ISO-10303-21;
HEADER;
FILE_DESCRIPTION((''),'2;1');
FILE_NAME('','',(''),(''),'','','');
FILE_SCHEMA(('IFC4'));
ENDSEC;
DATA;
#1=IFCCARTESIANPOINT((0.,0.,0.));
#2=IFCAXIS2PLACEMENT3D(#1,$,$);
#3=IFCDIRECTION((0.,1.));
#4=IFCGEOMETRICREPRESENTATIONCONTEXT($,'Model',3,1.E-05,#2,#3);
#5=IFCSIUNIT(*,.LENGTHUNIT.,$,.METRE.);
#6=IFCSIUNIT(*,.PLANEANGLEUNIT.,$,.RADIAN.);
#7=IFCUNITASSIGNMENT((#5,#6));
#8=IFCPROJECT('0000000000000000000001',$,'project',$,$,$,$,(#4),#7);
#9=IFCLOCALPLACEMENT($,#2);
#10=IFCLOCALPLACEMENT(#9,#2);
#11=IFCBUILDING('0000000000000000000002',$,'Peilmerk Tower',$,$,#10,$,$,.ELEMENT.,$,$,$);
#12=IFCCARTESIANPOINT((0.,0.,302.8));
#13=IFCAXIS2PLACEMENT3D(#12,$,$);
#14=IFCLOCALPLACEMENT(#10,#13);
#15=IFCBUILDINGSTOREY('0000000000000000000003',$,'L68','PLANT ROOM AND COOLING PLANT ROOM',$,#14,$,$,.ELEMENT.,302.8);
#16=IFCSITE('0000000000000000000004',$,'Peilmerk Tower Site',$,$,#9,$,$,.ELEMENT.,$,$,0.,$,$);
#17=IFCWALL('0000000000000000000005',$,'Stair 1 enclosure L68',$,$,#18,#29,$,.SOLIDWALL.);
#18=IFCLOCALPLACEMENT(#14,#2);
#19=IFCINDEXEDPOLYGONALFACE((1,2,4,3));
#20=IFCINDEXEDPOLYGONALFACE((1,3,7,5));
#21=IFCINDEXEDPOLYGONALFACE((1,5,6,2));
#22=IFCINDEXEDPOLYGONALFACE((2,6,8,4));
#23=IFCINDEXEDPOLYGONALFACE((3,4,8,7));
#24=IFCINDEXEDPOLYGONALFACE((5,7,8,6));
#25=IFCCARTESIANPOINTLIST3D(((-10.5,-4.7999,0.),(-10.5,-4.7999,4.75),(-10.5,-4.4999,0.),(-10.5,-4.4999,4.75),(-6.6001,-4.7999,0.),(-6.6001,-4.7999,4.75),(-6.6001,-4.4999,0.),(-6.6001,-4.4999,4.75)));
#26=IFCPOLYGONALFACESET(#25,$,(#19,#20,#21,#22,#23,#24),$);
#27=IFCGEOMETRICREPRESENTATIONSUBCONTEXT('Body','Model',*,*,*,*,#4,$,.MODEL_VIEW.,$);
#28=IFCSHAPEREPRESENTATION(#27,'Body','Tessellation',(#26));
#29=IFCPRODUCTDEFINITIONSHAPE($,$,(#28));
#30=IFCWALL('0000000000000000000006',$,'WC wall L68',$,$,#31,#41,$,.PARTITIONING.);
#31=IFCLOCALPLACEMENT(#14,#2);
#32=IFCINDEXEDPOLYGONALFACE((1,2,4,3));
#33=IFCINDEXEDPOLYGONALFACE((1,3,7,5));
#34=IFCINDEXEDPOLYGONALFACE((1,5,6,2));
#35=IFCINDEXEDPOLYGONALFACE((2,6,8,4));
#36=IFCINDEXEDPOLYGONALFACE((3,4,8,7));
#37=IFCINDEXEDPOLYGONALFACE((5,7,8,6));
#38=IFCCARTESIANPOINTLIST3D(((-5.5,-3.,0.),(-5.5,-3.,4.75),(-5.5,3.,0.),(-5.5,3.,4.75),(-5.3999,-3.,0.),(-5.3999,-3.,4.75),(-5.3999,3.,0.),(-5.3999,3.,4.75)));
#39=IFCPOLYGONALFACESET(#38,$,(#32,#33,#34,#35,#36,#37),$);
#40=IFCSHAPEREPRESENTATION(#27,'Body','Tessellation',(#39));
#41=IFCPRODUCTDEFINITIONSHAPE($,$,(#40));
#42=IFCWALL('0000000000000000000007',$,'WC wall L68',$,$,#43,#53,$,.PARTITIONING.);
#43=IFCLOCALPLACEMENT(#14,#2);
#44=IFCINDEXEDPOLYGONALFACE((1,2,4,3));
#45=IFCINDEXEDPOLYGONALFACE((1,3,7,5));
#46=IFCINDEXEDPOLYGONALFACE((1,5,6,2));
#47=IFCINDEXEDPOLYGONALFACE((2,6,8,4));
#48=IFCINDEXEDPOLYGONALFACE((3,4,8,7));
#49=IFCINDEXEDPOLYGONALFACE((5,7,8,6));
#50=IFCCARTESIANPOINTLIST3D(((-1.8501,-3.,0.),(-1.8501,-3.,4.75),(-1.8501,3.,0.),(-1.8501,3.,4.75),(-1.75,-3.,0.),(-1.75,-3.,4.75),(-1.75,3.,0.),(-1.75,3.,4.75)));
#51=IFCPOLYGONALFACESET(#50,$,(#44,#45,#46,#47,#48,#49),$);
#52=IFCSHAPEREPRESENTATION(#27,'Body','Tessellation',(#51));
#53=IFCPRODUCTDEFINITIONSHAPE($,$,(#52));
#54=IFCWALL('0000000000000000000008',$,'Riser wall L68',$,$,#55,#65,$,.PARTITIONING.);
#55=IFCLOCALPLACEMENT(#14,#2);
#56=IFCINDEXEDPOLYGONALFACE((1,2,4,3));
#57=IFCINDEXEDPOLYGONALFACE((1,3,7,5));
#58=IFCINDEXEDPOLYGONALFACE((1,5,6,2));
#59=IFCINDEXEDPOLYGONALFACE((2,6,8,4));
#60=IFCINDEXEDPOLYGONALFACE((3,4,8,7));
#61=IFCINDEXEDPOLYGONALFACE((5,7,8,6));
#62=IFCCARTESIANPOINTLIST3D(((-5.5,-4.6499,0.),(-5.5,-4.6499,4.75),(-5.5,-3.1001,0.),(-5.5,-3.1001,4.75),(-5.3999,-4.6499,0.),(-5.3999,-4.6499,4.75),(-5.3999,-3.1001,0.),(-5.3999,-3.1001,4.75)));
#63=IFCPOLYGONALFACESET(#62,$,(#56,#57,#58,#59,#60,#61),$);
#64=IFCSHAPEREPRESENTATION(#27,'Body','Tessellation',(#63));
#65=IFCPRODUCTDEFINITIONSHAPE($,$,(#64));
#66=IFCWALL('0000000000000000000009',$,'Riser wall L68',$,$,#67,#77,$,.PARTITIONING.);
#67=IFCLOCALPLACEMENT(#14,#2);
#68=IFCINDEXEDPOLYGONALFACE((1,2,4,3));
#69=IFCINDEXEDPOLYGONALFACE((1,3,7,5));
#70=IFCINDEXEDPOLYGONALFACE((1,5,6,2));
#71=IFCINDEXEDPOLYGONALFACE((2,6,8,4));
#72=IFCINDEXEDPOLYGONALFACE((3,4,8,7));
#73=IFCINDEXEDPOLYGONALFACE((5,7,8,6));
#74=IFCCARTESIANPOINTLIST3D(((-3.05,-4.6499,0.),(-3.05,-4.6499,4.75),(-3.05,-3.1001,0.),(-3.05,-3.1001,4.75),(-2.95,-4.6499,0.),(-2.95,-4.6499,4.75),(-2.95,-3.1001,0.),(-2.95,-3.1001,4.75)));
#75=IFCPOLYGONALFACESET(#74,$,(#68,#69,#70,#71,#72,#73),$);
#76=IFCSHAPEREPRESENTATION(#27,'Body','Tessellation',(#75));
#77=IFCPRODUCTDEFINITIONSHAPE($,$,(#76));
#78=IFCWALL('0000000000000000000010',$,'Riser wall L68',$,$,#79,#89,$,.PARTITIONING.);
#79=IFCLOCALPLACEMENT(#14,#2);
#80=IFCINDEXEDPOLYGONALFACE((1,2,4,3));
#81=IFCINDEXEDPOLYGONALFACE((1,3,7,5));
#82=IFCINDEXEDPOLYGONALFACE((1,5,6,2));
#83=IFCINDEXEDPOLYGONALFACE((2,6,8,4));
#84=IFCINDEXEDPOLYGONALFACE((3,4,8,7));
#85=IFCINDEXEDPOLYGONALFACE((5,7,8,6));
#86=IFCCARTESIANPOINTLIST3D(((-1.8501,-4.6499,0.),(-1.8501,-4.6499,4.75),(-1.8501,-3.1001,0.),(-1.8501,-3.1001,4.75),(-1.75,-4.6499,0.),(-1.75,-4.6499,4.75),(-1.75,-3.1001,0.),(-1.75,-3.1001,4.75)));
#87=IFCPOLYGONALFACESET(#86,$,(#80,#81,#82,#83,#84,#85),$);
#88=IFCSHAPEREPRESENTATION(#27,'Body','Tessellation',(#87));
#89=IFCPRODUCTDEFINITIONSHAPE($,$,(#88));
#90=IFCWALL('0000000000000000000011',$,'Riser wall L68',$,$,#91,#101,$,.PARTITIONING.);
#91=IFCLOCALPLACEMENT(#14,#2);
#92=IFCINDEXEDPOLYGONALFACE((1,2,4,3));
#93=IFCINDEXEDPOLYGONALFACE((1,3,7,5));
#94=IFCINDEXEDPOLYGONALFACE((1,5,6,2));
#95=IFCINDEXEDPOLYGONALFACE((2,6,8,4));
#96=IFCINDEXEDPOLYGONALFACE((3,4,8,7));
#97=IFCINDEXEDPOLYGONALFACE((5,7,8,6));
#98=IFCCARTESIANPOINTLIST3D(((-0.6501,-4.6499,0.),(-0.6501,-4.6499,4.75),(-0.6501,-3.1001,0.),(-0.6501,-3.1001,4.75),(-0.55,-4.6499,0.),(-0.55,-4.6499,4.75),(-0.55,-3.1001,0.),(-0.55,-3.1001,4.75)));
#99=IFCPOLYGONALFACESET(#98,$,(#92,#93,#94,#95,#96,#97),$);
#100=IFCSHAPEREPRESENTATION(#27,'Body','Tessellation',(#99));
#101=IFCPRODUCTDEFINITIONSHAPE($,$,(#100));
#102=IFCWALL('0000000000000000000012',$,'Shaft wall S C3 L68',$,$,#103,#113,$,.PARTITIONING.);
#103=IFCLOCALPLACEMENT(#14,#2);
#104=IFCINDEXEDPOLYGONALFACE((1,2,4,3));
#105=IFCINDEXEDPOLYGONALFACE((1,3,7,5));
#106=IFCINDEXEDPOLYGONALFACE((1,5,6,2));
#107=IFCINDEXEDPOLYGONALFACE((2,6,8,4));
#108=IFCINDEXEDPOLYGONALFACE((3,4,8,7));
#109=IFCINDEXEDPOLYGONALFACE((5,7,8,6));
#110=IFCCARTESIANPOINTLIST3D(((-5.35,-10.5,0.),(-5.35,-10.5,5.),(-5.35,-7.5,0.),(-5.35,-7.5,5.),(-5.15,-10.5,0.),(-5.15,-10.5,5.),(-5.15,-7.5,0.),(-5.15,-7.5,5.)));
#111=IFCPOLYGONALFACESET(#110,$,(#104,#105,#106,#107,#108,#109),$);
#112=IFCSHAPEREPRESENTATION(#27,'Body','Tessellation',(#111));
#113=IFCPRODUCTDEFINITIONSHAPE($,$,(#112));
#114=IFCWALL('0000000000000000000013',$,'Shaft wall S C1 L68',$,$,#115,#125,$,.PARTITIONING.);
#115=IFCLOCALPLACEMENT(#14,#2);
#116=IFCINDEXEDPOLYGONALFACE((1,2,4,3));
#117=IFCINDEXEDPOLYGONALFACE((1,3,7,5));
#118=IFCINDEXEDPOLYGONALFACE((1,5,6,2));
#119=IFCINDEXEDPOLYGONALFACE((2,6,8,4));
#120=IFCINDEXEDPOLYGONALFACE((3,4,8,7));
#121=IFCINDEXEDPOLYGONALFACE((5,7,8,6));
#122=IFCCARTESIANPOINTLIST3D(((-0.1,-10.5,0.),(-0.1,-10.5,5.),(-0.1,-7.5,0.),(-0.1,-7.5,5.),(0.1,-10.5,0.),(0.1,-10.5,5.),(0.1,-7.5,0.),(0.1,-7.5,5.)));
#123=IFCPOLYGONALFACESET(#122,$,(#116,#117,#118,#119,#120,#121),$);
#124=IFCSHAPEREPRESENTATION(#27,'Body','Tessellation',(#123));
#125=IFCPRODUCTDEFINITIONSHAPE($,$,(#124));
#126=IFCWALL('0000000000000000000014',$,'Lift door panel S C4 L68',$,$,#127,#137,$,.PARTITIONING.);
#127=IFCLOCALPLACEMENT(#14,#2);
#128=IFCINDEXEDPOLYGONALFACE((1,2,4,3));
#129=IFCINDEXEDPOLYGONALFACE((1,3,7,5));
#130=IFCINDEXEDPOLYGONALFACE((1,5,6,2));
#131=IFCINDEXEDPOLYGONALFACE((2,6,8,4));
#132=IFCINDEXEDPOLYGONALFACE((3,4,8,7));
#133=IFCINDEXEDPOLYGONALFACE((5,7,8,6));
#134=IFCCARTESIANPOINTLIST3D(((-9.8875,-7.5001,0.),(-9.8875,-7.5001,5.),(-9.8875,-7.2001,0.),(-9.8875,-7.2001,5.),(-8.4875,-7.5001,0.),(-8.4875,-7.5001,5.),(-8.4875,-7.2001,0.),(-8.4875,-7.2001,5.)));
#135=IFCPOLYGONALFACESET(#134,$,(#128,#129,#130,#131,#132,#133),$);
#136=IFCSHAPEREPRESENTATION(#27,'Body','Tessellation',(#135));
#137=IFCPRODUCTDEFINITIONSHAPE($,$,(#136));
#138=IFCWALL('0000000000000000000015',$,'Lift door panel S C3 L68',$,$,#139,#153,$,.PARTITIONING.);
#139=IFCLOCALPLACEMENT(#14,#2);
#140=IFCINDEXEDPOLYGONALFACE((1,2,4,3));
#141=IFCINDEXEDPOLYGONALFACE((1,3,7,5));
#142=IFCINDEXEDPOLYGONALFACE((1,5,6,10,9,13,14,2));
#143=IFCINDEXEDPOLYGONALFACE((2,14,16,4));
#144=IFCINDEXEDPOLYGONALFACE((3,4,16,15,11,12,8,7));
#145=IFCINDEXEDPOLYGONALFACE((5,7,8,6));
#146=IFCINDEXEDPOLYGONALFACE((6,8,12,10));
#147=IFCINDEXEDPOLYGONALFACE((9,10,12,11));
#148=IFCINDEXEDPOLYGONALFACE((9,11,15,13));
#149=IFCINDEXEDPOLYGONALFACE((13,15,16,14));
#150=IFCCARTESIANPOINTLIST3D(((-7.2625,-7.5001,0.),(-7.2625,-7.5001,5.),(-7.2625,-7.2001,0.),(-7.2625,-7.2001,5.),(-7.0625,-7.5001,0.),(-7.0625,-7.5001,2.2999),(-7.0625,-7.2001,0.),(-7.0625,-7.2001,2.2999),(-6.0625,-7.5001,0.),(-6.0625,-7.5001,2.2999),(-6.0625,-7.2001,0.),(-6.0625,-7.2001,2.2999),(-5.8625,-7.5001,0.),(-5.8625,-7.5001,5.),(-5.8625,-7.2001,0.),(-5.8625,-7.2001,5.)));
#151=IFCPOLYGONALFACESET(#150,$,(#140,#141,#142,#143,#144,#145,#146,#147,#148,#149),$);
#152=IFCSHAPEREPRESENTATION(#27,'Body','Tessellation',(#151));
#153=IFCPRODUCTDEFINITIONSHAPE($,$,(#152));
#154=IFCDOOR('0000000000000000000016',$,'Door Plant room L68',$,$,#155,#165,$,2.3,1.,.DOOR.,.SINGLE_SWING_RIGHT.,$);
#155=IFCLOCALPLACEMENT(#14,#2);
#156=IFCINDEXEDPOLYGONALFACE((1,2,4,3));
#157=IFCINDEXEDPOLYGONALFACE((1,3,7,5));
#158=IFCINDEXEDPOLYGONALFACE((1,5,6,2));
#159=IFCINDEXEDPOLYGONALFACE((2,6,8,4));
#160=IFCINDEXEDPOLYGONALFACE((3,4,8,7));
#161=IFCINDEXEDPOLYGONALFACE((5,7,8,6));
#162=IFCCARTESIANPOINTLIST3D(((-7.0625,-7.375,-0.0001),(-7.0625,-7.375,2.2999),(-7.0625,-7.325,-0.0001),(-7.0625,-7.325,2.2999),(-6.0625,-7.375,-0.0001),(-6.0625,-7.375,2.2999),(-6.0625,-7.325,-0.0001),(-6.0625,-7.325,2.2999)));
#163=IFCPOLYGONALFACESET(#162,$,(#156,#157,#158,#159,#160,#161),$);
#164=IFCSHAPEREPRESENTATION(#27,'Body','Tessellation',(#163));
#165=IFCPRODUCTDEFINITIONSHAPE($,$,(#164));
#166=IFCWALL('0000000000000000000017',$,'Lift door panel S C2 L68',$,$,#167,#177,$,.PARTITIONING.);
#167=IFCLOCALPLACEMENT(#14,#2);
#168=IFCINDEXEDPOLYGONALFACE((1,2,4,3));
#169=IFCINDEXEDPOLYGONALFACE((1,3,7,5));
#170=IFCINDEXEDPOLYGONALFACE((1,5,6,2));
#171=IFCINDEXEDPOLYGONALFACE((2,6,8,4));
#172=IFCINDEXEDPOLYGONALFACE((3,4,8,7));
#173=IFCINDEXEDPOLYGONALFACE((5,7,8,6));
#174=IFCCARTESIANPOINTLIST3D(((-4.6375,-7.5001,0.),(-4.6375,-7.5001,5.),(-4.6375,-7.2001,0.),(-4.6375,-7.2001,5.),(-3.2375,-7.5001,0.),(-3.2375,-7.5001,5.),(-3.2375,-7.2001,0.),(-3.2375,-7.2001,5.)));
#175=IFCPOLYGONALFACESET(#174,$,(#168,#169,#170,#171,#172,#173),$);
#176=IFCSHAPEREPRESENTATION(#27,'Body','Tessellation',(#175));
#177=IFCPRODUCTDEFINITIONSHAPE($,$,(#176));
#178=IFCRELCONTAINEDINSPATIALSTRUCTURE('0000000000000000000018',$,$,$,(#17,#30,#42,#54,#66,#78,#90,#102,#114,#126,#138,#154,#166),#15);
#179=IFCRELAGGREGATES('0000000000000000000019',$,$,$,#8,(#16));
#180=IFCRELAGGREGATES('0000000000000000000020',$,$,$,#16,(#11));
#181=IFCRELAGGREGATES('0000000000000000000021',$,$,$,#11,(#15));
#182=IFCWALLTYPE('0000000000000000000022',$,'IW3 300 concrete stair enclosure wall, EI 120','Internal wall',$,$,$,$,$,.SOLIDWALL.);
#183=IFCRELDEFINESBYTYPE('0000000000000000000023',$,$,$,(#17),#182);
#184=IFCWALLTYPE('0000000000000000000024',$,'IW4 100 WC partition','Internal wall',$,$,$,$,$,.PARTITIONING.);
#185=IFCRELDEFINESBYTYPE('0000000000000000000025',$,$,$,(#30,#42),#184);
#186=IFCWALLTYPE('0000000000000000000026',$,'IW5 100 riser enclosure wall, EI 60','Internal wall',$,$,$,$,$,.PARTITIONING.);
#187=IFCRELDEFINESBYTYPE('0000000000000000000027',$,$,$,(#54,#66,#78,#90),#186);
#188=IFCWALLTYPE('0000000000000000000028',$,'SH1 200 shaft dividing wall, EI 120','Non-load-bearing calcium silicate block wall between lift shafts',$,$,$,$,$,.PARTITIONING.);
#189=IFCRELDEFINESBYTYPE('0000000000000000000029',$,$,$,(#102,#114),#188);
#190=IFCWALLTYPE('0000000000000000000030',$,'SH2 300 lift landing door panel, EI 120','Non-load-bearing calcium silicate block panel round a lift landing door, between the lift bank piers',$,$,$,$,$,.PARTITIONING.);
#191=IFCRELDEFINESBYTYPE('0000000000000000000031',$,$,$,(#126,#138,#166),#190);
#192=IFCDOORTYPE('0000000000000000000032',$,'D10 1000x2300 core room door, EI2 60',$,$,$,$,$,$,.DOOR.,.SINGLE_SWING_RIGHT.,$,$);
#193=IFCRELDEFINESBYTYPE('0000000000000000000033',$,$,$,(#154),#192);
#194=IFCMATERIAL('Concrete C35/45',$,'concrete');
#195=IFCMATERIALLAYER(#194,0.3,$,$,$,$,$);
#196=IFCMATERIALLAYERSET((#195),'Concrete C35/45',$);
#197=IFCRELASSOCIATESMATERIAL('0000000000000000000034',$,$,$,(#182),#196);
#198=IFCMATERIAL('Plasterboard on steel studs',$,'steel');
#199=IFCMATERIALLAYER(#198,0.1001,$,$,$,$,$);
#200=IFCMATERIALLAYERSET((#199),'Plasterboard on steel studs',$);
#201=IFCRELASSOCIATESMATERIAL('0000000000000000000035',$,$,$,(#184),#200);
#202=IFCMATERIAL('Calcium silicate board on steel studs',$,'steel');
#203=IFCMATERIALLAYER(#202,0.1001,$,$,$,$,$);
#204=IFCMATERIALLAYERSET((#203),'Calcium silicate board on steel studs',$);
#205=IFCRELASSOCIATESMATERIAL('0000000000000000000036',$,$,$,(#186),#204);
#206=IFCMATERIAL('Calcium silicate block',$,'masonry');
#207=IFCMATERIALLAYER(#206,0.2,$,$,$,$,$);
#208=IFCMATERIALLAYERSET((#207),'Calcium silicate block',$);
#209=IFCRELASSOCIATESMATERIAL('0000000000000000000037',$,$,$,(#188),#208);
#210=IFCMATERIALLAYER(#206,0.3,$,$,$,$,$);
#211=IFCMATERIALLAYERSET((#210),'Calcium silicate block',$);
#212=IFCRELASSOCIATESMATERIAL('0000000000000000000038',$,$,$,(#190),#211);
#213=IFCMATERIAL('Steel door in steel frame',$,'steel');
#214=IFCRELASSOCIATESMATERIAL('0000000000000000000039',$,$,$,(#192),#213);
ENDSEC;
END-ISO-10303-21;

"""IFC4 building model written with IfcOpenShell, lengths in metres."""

from ifc_helpers import new_model, si_unit, direction, frame, frame_2d, origin, place, context, subcontext, project, spatial, rectangle, extrude, material, layer, layer_set, type_object, element, fill, save


model = new_model("IFC4")

# Units and contexts
model_context = context("Model", 3, precision=1e-05, world=origin(), true_north=direction((0.0, 1.0)))
body_context = subcontext(model_context, "Body", "Model", "MODEL_VIEW")
ifc_project = project(units=[si_unit("LENGTHUNIT", "METRE"), si_unit("PLANEANGLEUNIT", "RADIAN")], contexts=[model_context])

# Site, building, storey
site_placement = place(None, origin())
site = spatial("IfcSite", under=ifc_project, at=site_placement, Name="Peilmerk Tower Site", CompositionType="ELEMENT", RefElevation=0.0)
building_placement = place(site_placement, origin())
building = spatial("IfcBuilding", under=site, at=building_placement, Name="Peilmerk Tower", CompositionType="ELEMENT")
storey_placement = place(building_placement, frame((0.0, 0.0, 302.8)))
storey = spatial("IfcBuildingStorey", under=building, at=storey_placement, Name="L68", Description="PLANT ROOM AND COOLING PLANT ROOM", CompositionType="ELEMENT", Elevation=302.8)

# Walls
ifc_material_1 = material(Name="Concrete C35/45", Category="concrete")
ifc_layer_1 = layer(ifc_material_1, 0.3)
ifc_layer_set_1 = layer_set([ifc_layer_1], Name="Concrete C35/45")
wall_type_1 = type_object("IfcWallType", Name="IW3 300 concrete stair enclosure wall, EI 120", Description="Internal wall", PredefinedType="SOLIDWALL", material=ifc_layer_set_1)
wall_1_placement = place(storey_placement, frame((-6.6001, -4.6499, 0.0), z_axis=(0.0, 0.0, 1.0), x_axis=(-1.0, 0.0, 0.0)))
element("IfcWall", 1, at=wall_1_placement, inside=storey, type_object=wall_type_1, Name="Stair 1 enclosure L68", PredefinedType="SOLIDWALL", context=body_context, shape_type="SweptSolid", body=[
    extrude(rectangle(XDim=3.8999, YDim=0.3, at=frame_2d((1.95, 0.0))), origin(), (0.0, 0.0, 1.0), 4.75),
])
ifc_material_2 = material(Name="Plasterboard on steel studs", Category="steel")
ifc_layer_2 = layer(ifc_material_2, 0.1001)
ifc_layer_set_2 = layer_set([ifc_layer_2], Name="Plasterboard on steel studs")
wall_type_2 = type_object("IfcWallType", Name="IW4 100 WC partition", Description="Internal wall", PredefinedType="PARTITIONING", material=ifc_layer_set_2)
for number, where, z_axis, x_axis, name in (
    (2, (-5.45, -3.0, 0.0), (0.0, 0.0, 1.0), (0.0, 1.0, 0.0), "WC wall L68"),
    (3, (-1.8, -3.0, 0.0), (0.0, 0.0, 1.0), (0.0, 1.0, 0.0), "WC wall L68"),
):
    element("IfcWall", number, at=place(storey_placement, frame(where, z_axis=z_axis, x_axis=x_axis)), inside=storey, type_object=wall_type_2, Name=name, PredefinedType="PARTITIONING", context=body_context, shape_type="SweptSolid", body=[
        extrude(rectangle(XDim=6.0, YDim=0.1001, at=frame_2d((3.0, 0.0))), origin(), (0.0, 0.0, 1.0), 4.75),
    ])
ifc_material_3 = material(Name="Calcium silicate board on steel studs", Category="steel")
ifc_layer_3 = layer(ifc_material_3, 0.1001)
ifc_layer_set_3 = layer_set([ifc_layer_3], Name="Calcium silicate board on steel studs")
wall_type_3 = type_object("IfcWallType", Name="IW5 100 riser enclosure wall, EI 60", Description="Internal wall", PredefinedType="PARTITIONING", material=ifc_layer_set_3)
for number, where, z_axis, x_axis, name in (
    (4, (-5.45, -3.1001, 0.0), (0.0, 0.0, 1.0), (0.0, -1.0, 0.0), "Riser wall L68"),
    (5, (-3.0, -3.1001, 0.0), (0.0, 0.0, 1.0), (0.0, -1.0, 0.0), "Riser wall L68"),
    (6, (-1.8, -3.1001, 0.0), (0.0, 0.0, 1.0), (0.0, -1.0, 0.0), "Riser wall L68"),
    (7, (-0.6001, -3.1001, 0.0), (0.0, 0.0, 1.0), (0.0, -1.0, 0.0), "Riser wall L68"),
):
    element("IfcWall", number, at=place(storey_placement, frame(where, z_axis=z_axis, x_axis=x_axis)), inside=storey, type_object=wall_type_3, Name=name, PredefinedType="PARTITIONING", context=body_context, shape_type="SweptSolid", body=[
        extrude(rectangle(XDim=1.5498, YDim=0.1001, at=frame_2d((0.7749, 0.0))), origin(), (0.0, 0.0, 1.0), 4.75),
    ])
ifc_material_4 = material(Name="Calcium silicate block", Category="masonry")
ifc_layer_4 = layer(ifc_material_4, 0.2)
ifc_layer_set_4 = layer_set([ifc_layer_4], Name="Calcium silicate block")
wall_type_4 = type_object("IfcWallType", Name="SH1 200 shaft dividing wall, EI 120", Description="Non-load-bearing calcium silicate block wall between lift shafts", PredefinedType="PARTITIONING", material=ifc_layer_set_4)
for number, where, z_axis, x_axis, name in (
    (8, (-5.25, -10.5, 0.0), (0.0, 0.0, 1.0), (0.0, 1.0, 0.0), "Shaft wall S C3 L68"),
    (9, (0.0, -10.5, 0.0), (0.0, 0.0, 1.0), (0.0, 1.0, 0.0), "Shaft wall S C1 L68"),
):
    element("IfcWall", number, at=place(storey_placement, frame(where, z_axis=z_axis, x_axis=x_axis)), inside=storey, type_object=wall_type_4, Name=name, PredefinedType="PARTITIONING", context=body_context, shape_type="SweptSolid", body=[
        extrude(rectangle(XDim=3.0, YDim=0.2, at=frame_2d((1.5, 0.0))), origin(), (0.0, 0.0, 1.0), 5.0),
    ])
ifc_layer_5 = layer(ifc_material_4, 0.3)
ifc_layer_set_5 = layer_set([ifc_layer_5], Name="Calcium silicate block")
wall_type_5 = type_object("IfcWallType", Name="SH2 300 lift landing door panel, EI 120", Description="Non-load-bearing calcium silicate block panel round a lift landing door, between the lift bank piers", PredefinedType="PARTITIONING", material=ifc_layer_set_5)
wall_2_placement = place(storey_placement, frame((-9.8875, -7.3501, 0.0), z_axis=(0.0, 0.0, 1.0), x_axis=(1.0, 0.0, 0.0)))
element("IfcWall", 10, at=wall_2_placement, inside=storey, type_object=wall_type_5, Name="Lift door panel S C4 L68", PredefinedType="PARTITIONING", context=body_context, shape_type="SweptSolid", body=[
    extrude(rectangle(XDim=1.3999, YDim=0.3, at=frame_2d((0.7, 0.0))), origin(), (0.0, 0.0, 1.0), 5.0),
])

# Wall, opening, door
wall_3_placement = place(storey_placement, frame((-7.2625, -7.3501, 0.0), z_axis=(0.0, 0.0, 1.0), x_axis=(1.0, 0.0, 0.0)))
wall_3 = element("IfcWall", 11, at=wall_3_placement, inside=storey, type_object=wall_type_5, Name="Lift door panel S C3 L68", PredefinedType="PARTITIONING", context=body_context, shape_type="SweptSolid", body=[
    extrude(rectangle(XDim=1.3999, YDim=0.3, at=frame_2d((0.7, 0.0))), origin(), (0.0, 0.0, 1.0), 5.0),
])
opening_1_placement = place(wall_3_placement, frame((0.2, 0.0, 0.0)))
opening_1 = element("IfcOpeningElement", 12, at=opening_1_placement, cuts=wall_3, PredefinedType="OPENING", context=body_context, shape_type="SweptSolid", body=[
    extrude(rectangle(XDim=1.0, YDim=2.3, at=frame_2d((0.5, 1.1499))), frame((0.0, 0.1599, 0.0), z_axis=(0.0, -1.0, 0.0), x_axis=(1.0, 0.0, 0.0)), (0.0, 0.0, 1.0), 0.3201),
])
ifc_material_5 = material(Name="Steel door in steel frame", Category="steel")
door_type_1 = type_object("IfcDoorType", Name="D10 1000x2300 core room door, EI2 60", OperationType="SINGLE_SWING_RIGHT", PredefinedType="DOOR", material=ifc_material_5)
door_1_placement = place(opening_1_placement, frame((1.0, 0.0, 0.0), z_axis=(0.0, 0.0, 1.0), x_axis=(-1.0, 0.0, 0.0)))
door_1 = element("IfcDoor", 13, at=door_1_placement, inside=storey, type_object=door_type_1, Name="Door Plant room L68", OperationType="SINGLE_SWING_RIGHT", OverallHeight=2.3, OverallWidth=1.0, PredefinedType="DOOR", context=body_context, shape_type="SweptSolid", body=[
    extrude(rectangle(XDim=1.0, YDim=2.3, at=frame_2d((0.5, 1.1499))), frame((0.0, 0.0249, 0.0), z_axis=(0.0, -1.0, 0.0), x_axis=(1.0, 0.0, 0.0)), (0.0, 0.0, 1.0), 0.05),
])
fill(opening_1, door_1)

# Wall
wall_4_placement = place(storey_placement, frame((-4.6375, -7.3501, 0.0), z_axis=(0.0, 0.0, 1.0), x_axis=(1.0, 0.0, 0.0)))
element("IfcWall", 14, at=wall_4_placement, inside=storey, type_object=wall_type_5, Name="Lift door panel S C2 L68", PredefinedType="PARTITIONING", context=body_context, shape_type="SweptSolid", body=[
    extrude(rectangle(XDim=1.3999, YDim=0.3, at=frame_2d((0.7, 0.0))), origin(), (0.0, 0.0, 1.0), 5.0),
])

save(model, "model.ifc")
